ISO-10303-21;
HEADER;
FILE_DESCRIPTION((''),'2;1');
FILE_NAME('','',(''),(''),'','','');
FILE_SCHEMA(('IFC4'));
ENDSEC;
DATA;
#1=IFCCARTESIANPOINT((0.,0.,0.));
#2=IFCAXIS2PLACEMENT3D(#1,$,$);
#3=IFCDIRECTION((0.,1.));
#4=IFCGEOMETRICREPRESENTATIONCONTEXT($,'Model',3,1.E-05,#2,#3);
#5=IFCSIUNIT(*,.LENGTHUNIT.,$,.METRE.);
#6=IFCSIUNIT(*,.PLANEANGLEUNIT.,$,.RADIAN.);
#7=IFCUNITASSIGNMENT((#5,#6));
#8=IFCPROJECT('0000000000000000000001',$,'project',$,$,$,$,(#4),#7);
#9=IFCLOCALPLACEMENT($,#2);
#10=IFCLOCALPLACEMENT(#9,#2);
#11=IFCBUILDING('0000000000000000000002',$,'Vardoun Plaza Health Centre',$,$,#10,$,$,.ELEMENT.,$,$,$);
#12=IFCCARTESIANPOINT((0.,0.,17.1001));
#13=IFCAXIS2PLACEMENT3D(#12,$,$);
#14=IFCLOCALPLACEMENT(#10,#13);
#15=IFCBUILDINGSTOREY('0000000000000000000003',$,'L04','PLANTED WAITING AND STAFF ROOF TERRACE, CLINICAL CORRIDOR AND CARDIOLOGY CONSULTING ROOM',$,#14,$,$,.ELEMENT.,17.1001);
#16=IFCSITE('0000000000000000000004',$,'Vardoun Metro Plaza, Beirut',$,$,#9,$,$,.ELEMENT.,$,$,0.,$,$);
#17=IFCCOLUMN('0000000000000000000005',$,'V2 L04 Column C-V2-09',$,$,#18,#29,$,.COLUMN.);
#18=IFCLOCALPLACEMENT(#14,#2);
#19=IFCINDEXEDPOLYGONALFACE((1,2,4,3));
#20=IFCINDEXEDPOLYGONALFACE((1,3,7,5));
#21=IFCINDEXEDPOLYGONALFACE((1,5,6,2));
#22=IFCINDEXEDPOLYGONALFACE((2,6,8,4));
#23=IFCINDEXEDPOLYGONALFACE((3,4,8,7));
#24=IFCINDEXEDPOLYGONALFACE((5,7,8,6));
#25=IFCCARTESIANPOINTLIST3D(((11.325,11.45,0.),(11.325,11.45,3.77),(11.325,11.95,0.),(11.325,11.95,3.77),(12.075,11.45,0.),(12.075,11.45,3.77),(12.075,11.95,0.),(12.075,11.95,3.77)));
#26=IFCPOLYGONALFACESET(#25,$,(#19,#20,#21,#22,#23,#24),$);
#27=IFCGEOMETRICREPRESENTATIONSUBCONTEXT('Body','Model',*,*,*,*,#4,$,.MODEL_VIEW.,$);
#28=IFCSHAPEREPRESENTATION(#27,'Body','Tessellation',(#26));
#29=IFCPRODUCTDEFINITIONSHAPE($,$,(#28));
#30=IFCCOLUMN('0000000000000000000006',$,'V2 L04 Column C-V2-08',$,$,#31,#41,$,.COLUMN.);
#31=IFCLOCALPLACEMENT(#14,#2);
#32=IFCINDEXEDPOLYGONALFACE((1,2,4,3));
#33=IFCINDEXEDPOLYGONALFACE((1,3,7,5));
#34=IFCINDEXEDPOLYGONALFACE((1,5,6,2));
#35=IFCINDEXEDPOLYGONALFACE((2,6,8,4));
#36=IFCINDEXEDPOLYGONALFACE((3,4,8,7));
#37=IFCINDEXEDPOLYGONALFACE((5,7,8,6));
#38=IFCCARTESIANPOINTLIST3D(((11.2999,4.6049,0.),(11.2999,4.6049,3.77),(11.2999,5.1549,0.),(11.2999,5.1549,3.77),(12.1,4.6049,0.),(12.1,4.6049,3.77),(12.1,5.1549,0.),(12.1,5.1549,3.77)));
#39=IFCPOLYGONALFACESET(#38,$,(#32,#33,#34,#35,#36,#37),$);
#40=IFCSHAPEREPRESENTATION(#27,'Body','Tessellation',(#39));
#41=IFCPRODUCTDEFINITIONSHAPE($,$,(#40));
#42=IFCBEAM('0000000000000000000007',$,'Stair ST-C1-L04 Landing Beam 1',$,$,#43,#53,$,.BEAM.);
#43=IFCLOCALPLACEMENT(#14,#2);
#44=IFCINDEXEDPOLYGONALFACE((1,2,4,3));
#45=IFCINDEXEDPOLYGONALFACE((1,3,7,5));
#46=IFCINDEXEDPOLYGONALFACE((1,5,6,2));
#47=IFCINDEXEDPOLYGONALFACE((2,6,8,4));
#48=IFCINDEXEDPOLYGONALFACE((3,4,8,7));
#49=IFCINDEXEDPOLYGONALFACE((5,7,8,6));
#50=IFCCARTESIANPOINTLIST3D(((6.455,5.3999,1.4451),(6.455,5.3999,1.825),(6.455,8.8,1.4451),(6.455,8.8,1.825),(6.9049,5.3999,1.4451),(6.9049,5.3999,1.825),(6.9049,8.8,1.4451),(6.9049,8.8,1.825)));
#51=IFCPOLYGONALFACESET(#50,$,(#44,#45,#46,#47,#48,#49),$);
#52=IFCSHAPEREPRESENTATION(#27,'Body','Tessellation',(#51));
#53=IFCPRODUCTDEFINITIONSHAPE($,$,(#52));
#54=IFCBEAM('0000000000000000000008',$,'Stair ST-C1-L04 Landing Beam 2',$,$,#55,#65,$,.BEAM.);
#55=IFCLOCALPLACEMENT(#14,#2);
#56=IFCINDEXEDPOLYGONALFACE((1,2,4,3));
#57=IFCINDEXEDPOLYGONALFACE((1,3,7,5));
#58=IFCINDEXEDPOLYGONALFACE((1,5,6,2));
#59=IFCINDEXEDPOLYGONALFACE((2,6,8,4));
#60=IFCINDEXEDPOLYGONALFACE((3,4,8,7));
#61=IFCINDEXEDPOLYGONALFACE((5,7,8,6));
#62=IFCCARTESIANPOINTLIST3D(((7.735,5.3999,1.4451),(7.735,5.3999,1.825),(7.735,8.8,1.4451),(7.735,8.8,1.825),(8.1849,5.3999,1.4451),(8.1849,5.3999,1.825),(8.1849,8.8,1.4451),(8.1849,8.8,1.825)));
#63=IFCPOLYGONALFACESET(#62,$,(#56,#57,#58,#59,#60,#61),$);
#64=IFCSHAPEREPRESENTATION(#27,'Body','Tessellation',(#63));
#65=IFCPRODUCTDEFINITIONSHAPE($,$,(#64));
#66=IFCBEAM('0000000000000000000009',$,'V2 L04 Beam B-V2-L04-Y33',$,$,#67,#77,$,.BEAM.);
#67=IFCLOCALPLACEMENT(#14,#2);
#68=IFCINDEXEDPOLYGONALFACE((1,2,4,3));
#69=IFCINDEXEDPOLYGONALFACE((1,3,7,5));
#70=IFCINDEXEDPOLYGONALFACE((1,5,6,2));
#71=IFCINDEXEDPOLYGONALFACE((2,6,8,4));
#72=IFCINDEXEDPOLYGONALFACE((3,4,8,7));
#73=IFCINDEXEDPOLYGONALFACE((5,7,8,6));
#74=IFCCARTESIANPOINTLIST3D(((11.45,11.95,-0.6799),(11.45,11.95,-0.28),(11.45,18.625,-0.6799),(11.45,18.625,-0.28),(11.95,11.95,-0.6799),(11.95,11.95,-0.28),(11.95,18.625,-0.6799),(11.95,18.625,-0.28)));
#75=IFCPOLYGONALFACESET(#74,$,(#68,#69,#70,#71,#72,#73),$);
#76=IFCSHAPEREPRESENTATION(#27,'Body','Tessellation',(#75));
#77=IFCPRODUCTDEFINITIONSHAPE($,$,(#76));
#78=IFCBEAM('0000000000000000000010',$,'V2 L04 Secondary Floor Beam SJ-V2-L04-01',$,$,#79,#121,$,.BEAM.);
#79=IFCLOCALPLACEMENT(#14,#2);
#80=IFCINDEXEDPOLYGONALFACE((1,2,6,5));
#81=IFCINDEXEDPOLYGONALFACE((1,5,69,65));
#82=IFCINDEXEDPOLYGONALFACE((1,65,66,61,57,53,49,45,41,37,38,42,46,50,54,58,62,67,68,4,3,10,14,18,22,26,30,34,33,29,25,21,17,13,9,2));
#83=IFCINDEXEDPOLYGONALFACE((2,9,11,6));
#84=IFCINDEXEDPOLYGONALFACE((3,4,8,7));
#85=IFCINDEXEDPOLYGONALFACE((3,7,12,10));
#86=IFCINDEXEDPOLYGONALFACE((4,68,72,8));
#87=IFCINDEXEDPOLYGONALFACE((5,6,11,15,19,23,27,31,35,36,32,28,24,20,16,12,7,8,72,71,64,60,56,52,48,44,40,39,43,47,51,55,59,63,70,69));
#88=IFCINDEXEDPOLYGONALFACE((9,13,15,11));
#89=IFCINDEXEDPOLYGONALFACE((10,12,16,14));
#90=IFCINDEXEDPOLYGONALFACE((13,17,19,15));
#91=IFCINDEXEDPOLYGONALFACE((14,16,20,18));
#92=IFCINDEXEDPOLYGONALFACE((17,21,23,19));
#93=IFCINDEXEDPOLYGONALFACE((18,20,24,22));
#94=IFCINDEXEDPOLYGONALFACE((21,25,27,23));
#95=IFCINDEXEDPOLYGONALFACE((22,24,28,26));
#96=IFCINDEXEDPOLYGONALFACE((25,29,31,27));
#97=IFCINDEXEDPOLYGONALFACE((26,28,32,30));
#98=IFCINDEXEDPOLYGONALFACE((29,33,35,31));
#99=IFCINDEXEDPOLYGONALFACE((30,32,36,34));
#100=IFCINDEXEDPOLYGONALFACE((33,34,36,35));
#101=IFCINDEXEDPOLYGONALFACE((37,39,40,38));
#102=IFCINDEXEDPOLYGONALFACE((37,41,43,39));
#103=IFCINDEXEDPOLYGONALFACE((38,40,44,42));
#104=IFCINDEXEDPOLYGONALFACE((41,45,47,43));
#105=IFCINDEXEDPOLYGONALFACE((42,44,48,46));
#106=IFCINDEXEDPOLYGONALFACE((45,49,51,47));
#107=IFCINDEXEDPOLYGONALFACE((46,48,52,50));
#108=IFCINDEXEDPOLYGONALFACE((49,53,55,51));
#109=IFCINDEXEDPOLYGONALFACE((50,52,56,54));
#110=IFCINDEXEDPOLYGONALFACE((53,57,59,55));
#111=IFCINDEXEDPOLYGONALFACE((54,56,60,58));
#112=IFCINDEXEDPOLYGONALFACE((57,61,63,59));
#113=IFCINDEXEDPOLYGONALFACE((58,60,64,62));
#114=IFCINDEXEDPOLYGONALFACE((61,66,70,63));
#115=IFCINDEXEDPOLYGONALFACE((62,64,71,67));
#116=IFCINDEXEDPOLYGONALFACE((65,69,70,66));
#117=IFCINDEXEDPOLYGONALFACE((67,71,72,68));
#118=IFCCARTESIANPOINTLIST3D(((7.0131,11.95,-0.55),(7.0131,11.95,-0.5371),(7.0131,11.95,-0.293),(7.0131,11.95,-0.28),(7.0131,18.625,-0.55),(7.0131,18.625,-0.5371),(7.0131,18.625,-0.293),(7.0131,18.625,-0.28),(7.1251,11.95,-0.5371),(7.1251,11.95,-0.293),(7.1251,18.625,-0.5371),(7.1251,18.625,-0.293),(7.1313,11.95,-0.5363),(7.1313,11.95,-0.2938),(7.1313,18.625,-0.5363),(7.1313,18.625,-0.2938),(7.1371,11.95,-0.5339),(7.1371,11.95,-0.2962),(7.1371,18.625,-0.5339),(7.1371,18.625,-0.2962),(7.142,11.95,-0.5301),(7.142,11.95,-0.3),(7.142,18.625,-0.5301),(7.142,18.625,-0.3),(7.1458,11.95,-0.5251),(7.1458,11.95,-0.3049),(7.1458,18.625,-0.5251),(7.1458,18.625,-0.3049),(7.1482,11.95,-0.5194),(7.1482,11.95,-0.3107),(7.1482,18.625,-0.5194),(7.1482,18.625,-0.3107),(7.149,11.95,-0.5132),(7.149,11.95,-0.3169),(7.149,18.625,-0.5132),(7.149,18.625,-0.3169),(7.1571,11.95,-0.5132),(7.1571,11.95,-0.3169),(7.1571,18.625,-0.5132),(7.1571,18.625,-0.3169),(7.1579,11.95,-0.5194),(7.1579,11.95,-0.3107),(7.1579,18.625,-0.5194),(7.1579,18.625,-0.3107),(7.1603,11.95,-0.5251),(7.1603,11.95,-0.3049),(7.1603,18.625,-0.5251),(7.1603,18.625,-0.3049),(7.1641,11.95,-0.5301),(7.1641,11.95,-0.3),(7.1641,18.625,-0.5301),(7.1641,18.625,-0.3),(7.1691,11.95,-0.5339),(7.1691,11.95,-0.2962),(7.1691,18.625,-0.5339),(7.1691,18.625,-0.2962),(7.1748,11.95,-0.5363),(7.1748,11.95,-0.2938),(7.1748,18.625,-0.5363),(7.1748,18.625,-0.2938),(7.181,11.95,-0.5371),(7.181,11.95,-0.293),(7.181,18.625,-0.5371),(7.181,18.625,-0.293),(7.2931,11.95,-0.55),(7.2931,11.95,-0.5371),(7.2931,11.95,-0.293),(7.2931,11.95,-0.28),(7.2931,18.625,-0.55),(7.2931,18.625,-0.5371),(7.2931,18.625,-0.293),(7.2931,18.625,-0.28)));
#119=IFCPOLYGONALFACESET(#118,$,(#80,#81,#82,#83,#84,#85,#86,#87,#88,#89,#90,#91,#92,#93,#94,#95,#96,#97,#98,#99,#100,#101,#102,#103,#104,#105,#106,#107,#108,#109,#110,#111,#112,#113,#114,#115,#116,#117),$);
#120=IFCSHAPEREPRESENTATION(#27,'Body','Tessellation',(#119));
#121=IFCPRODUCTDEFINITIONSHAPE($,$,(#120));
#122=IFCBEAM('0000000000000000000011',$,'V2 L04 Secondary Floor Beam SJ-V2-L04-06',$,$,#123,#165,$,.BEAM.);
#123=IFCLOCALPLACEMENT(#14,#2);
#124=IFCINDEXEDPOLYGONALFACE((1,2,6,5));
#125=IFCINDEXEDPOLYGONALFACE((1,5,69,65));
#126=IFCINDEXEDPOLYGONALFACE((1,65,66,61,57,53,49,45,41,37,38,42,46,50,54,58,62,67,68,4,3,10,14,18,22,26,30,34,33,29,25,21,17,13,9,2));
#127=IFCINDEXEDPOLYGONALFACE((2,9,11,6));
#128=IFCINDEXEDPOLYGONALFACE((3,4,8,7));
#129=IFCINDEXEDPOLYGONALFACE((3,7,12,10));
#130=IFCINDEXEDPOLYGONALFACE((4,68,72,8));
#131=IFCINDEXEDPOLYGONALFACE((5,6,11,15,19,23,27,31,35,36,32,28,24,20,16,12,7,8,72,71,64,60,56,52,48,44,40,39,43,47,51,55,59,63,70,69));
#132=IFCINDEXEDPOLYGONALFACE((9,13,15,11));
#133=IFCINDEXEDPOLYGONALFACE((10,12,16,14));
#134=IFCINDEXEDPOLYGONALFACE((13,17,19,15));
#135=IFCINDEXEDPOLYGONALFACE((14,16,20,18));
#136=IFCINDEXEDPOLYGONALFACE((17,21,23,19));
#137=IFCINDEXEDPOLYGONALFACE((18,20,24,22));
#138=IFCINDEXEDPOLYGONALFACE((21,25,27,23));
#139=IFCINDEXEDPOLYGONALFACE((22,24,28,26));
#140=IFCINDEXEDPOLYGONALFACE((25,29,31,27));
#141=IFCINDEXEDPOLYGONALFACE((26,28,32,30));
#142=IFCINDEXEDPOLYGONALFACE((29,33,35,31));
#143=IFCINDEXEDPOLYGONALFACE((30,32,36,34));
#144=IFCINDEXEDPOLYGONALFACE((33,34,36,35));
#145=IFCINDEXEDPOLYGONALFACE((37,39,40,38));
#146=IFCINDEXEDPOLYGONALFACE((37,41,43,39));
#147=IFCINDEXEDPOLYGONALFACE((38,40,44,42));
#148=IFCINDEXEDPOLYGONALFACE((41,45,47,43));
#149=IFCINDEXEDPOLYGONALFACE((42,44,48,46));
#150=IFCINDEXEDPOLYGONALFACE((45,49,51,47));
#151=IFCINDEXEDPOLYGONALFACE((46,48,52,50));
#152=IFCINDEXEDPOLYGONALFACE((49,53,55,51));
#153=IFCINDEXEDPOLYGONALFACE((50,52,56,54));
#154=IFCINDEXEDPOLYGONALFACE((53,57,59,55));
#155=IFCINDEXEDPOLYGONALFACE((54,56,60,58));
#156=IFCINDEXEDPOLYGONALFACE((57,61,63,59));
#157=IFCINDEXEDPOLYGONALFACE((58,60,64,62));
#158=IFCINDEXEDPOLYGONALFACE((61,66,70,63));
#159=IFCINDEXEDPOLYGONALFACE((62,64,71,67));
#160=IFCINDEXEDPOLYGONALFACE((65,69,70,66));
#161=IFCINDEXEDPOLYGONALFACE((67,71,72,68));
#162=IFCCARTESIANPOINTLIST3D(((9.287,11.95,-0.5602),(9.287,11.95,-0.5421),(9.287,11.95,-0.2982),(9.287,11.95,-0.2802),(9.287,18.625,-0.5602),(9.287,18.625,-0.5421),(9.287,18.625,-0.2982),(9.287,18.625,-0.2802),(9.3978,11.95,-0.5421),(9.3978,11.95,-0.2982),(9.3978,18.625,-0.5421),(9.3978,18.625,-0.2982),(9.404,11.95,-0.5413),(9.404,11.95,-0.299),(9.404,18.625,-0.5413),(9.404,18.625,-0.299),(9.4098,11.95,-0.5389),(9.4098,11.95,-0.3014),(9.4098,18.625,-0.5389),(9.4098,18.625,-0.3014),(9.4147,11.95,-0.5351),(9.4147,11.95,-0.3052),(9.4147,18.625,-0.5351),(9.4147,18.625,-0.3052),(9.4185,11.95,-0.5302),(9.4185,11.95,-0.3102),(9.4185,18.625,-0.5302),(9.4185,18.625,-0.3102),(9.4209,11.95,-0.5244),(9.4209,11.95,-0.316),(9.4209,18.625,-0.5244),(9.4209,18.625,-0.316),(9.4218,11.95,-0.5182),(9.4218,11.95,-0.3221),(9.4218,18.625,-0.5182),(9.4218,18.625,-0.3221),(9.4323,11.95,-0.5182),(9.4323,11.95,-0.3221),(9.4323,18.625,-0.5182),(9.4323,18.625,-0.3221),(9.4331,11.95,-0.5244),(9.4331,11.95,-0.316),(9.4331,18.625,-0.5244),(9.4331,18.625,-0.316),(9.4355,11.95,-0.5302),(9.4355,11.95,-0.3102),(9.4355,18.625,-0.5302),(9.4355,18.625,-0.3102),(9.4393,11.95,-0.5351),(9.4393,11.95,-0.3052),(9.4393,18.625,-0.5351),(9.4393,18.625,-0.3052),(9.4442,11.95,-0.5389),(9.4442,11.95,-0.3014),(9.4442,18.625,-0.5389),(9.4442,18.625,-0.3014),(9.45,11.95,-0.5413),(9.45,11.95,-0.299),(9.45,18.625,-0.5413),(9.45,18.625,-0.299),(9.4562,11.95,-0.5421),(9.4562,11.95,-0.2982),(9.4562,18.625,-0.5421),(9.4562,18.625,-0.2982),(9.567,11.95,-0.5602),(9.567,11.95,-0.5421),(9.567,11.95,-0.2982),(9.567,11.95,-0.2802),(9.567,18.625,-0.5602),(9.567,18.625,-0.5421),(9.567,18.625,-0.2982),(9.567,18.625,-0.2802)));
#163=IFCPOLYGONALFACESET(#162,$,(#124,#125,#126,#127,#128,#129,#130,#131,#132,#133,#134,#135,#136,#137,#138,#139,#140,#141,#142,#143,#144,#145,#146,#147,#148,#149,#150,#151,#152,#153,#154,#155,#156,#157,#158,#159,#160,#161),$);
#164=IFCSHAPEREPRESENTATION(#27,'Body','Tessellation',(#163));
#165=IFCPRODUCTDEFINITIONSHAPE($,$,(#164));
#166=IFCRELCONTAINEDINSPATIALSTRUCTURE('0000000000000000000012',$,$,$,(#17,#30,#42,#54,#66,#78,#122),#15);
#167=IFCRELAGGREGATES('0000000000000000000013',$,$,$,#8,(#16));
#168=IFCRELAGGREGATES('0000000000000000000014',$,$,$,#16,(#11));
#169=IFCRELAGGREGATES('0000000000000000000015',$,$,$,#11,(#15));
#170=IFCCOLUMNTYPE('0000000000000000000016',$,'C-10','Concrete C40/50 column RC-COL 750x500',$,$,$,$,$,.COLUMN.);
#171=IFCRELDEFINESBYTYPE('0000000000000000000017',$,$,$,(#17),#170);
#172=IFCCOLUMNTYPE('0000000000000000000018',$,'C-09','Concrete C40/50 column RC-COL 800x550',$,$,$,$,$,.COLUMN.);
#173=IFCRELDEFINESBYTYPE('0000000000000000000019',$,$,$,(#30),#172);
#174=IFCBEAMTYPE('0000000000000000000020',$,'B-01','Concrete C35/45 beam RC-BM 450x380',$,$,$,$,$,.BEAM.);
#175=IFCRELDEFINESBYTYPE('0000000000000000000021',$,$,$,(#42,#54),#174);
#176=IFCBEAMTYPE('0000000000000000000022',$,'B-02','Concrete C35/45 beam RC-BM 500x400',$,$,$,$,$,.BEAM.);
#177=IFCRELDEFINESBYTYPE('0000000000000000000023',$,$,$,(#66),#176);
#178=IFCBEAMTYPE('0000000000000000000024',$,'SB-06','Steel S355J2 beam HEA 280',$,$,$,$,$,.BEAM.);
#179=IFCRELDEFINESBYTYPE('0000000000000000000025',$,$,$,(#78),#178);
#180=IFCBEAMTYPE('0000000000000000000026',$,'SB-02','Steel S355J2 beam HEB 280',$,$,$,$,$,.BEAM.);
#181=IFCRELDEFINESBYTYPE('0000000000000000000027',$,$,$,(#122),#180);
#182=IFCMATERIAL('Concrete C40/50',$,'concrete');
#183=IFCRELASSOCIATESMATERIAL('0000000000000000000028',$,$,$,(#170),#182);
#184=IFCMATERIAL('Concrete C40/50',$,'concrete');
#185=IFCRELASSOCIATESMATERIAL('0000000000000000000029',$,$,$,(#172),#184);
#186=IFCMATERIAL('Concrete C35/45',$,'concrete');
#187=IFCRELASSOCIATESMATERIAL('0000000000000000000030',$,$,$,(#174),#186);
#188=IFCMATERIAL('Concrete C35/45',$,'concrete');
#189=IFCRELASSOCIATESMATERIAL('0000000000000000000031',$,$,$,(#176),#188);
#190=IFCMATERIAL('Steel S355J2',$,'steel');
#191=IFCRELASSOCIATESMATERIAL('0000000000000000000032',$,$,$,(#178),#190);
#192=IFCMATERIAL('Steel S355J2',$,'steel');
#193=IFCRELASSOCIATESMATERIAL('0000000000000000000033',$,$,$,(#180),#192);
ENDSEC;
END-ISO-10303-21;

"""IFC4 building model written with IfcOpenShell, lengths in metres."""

from ifc_helpers import new_model, si_unit, direction, frame, origin, origin_2d, place, context, subcontext, project, spatial, rectangle, i_section, extrude, material, material_profile, profile_set, type_object, element, save


model = new_model("IFC4")

# Units and contexts
model_context = context("Model", 3, precision=1e-05, world=origin(), true_north=direction((0.0, 1.0)))
body_context = subcontext(model_context, "Body", "Model", "MODEL_VIEW")
ifc_project = project(units=[si_unit("LENGTHUNIT", "METRE"), si_unit("PLANEANGLEUNIT", "RADIAN")], contexts=[model_context])

# Site, building, storey
site_placement = place(None, origin())
site = spatial("IfcSite", under=ifc_project, at=site_placement, Name="Vardoun Metro Plaza, Beirut", CompositionType="ELEMENT", RefElevation=0.0)
building_placement = place(site_placement, origin())
building = spatial("IfcBuilding", under=site, at=building_placement, Name="Vardoun Plaza Health Centre", CompositionType="ELEMENT")
storey_placement = place(building_placement, frame((0.0, 0.0, 17.1001)))
storey = spatial("IfcBuildingStorey", under=building, at=storey_placement, Name="L04", Description="PLANTED WAITING AND STAFF ROOF TERRACE, CLINICAL CORRIDOR AND CARDIOLOGY CONSULTING ROOM", CompositionType="ELEMENT", Elevation=17.1001)

# Columns
ifc_material_1 = material(Name="Concrete C40/50", Category="concrete")
ifc_material_profile_1 = material_profile(ifc_material_1, rectangle(XDim=0.75, YDim=0.5, at=origin_2d()), Name="RC-COL 750x500")
ifc_profile_set_1 = profile_set([ifc_material_profile_1], Name="Concrete C40/50")
column_type_1 = type_object("IfcColumnType", Name="C-10", Description="Concrete C40/50 column RC-COL 750x500", PredefinedType="COLUMN", material=ifc_profile_set_1)
column_1_placement = place(storey_placement, frame((11.7, 11.7, 0.0), z_axis=(0.0, 0.0, 1.0), x_axis=(1.0, 0.0, 0.0)))
element("IfcColumn", 1, at=column_1_placement, inside=storey, type_object=column_type_1, Name="V2 L04 Column C-V2-09", PredefinedType="COLUMN", context=body_context, shape_type="SweptSolid", body=[
    extrude(rectangle(XDim=0.75, YDim=0.5, at=origin_2d()), origin(), (0.0, 0.0, 1.0), 3.77),
])
ifc_material_2 = material(Name="Concrete C40/50", Category="concrete")
ifc_material_profile_2 = material_profile(ifc_material_2, rectangle(XDim=0.8, YDim=0.55, at=origin_2d()), Name="RC-COL 800x550")
ifc_profile_set_2 = profile_set([ifc_material_profile_2], Name="Concrete C40/50")
column_type_2 = type_object("IfcColumnType", Name="C-09", Description="Concrete C40/50 column RC-COL 800x550", PredefinedType="COLUMN", material=ifc_profile_set_2)
column_2_placement = place(storey_placement, frame((11.7, 4.8799, 0.0), z_axis=(0.0, 0.0, 1.0), x_axis=(1.0, 0.0, 0.0)))
element("IfcColumn", 2, at=column_2_placement, inside=storey, type_object=column_type_2, Name="V2 L04 Column C-V2-08", PredefinedType="COLUMN", context=body_context, shape_type="SweptSolid", body=[
    extrude(rectangle(XDim=0.8, YDim=0.55, at=origin_2d()), origin(), (0.0, 0.0, 1.0), 3.77),
])

# Beams
ifc_material_3 = material(Name="Concrete C35/45", Category="concrete")
ifc_material_profile_3 = material_profile(ifc_material_3, rectangle(XDim=0.45, YDim=0.3799, at=origin_2d()), Name="RC-BM 450x380")
ifc_profile_set_3 = profile_set([ifc_material_profile_3], Name="Concrete C35/45")
beam_type_1 = type_object("IfcBeamType", Name="B-01", Description="Concrete C35/45 beam RC-BM 450x380", PredefinedType="BEAM", material=ifc_profile_set_3)
for number, where, z_axis, x_axis, name in (
    (3, (6.6799, 5.3999, 1.635), (0.0, 1.0, 0.0), (-1.0, 0.0, 0.0), "Stair ST-C1-L04 Landing Beam 1"),
    (4, (7.96, 5.3999, 1.635), (0.0, 1.0, 0.0), (-1.0, 0.0, 0.0), "Stair ST-C1-L04 Landing Beam 2"),
):
    element("IfcBeam", number, at=place(storey_placement, frame(where, z_axis=z_axis, x_axis=x_axis)), inside=storey, type_object=beam_type_1, Name=name, PredefinedType="BEAM", context=body_context, shape_type="SweptSolid", body=[
        extrude(rectangle(XDim=0.45, YDim=0.3799, at=origin_2d()), origin(), (0.0, 0.0, 1.0), 3.4001),
    ])
ifc_material_4 = material(Name="Concrete C35/45", Category="concrete")
ifc_material_profile_4 = material_profile(ifc_material_4, rectangle(XDim=0.5, YDim=0.3999, at=origin_2d()), Name="RC-BM 500x400")
ifc_profile_set_4 = profile_set([ifc_material_profile_4], Name="Concrete C35/45")
beam_type_2 = type_object("IfcBeamType", Name="B-02", Description="Concrete C35/45 beam RC-BM 500x400", PredefinedType="BEAM", material=ifc_profile_set_4)
beam_1_placement = place(storey_placement, frame((11.7, 11.95, -0.48), z_axis=(0.0, 1.0, 0.0), x_axis=(-1.0, 0.0, 0.0)))
element("IfcBeam", 5, at=beam_1_placement, inside=storey, type_object=beam_type_2, Name="V2 L04 Beam B-V2-L04-Y33", PredefinedType="BEAM", context=body_context, shape_type="SweptSolid", body=[
    extrude(rectangle(XDim=0.5, YDim=0.3999, at=origin_2d()), origin(), (0.0, 0.0, 1.0), 6.675),
])
ifc_material_5 = material(Name="Steel S355J2", Category="steel")
ifc_material_profile_5 = material_profile(ifc_material_5, i_section(OverallWidth=0.28, OverallDepth=0.27, WebThickness=0.0081, FlangeThickness=0.0129, FilletRadius=0.0239, at=origin_2d()), Name="HEA 280")
ifc_profile_set_5 = profile_set([ifc_material_profile_5], Name="Steel S355J2")
beam_type_3 = type_object("IfcBeamType", Name="SB-06", Description="Steel S355J2 beam HEA 280", PredefinedType="BEAM", material=ifc_profile_set_5)
beam_2_placement = place(storey_placement, frame((7.1531, 11.95, -0.415), z_axis=(0.0, 1.0, 0.0), x_axis=(-1.0, 0.0, 0.0)))
element("IfcBeam", 6, at=beam_2_placement, inside=storey, type_object=beam_type_3, Name="V2 L04 Secondary Floor Beam SJ-V2-L04-01", PredefinedType="BEAM", context=body_context, shape_type="SweptSolid", body=[
    extrude(i_section(OverallWidth=0.28, OverallDepth=0.27, WebThickness=0.0081, FlangeThickness=0.0129, FilletRadius=0.0239, at=origin_2d()), origin(), (0.0, 0.0, 1.0), 6.675),
])
ifc_material_6 = material(Name="Steel S355J2", Category="steel")
ifc_material_profile_6 = material_profile(ifc_material_6, i_section(OverallWidth=0.28, OverallDepth=0.28, WebThickness=0.0105, FlangeThickness=0.0181, FilletRadius=0.0239, at=origin_2d()), Name="HEB 280")
ifc_profile_set_6 = profile_set([ifc_material_profile_6], Name="Steel S355J2")
beam_type_4 = type_object("IfcBeamType", Name="SB-02", Description="Steel S355J2 beam HEB 280", PredefinedType="BEAM", material=ifc_profile_set_6)
beam_3_placement = place(storey_placement, frame((9.427, 11.95, -0.4202), z_axis=(0.0, 1.0, 0.0), x_axis=(-1.0, 0.0, 0.0)))
element("IfcBeam", 7, at=beam_3_placement, inside=storey, type_object=beam_type_4, Name="V2 L04 Secondary Floor Beam SJ-V2-L04-06", PredefinedType="BEAM", context=body_context, shape_type="SweptSolid", body=[
    extrude(i_section(OverallWidth=0.28, OverallDepth=0.28, WebThickness=0.0105, FlangeThickness=0.0181, FilletRadius=0.0239, at=origin_2d()), origin(), (0.0, 0.0, 1.0), 6.675),
])

save(model, "model.ifc")
